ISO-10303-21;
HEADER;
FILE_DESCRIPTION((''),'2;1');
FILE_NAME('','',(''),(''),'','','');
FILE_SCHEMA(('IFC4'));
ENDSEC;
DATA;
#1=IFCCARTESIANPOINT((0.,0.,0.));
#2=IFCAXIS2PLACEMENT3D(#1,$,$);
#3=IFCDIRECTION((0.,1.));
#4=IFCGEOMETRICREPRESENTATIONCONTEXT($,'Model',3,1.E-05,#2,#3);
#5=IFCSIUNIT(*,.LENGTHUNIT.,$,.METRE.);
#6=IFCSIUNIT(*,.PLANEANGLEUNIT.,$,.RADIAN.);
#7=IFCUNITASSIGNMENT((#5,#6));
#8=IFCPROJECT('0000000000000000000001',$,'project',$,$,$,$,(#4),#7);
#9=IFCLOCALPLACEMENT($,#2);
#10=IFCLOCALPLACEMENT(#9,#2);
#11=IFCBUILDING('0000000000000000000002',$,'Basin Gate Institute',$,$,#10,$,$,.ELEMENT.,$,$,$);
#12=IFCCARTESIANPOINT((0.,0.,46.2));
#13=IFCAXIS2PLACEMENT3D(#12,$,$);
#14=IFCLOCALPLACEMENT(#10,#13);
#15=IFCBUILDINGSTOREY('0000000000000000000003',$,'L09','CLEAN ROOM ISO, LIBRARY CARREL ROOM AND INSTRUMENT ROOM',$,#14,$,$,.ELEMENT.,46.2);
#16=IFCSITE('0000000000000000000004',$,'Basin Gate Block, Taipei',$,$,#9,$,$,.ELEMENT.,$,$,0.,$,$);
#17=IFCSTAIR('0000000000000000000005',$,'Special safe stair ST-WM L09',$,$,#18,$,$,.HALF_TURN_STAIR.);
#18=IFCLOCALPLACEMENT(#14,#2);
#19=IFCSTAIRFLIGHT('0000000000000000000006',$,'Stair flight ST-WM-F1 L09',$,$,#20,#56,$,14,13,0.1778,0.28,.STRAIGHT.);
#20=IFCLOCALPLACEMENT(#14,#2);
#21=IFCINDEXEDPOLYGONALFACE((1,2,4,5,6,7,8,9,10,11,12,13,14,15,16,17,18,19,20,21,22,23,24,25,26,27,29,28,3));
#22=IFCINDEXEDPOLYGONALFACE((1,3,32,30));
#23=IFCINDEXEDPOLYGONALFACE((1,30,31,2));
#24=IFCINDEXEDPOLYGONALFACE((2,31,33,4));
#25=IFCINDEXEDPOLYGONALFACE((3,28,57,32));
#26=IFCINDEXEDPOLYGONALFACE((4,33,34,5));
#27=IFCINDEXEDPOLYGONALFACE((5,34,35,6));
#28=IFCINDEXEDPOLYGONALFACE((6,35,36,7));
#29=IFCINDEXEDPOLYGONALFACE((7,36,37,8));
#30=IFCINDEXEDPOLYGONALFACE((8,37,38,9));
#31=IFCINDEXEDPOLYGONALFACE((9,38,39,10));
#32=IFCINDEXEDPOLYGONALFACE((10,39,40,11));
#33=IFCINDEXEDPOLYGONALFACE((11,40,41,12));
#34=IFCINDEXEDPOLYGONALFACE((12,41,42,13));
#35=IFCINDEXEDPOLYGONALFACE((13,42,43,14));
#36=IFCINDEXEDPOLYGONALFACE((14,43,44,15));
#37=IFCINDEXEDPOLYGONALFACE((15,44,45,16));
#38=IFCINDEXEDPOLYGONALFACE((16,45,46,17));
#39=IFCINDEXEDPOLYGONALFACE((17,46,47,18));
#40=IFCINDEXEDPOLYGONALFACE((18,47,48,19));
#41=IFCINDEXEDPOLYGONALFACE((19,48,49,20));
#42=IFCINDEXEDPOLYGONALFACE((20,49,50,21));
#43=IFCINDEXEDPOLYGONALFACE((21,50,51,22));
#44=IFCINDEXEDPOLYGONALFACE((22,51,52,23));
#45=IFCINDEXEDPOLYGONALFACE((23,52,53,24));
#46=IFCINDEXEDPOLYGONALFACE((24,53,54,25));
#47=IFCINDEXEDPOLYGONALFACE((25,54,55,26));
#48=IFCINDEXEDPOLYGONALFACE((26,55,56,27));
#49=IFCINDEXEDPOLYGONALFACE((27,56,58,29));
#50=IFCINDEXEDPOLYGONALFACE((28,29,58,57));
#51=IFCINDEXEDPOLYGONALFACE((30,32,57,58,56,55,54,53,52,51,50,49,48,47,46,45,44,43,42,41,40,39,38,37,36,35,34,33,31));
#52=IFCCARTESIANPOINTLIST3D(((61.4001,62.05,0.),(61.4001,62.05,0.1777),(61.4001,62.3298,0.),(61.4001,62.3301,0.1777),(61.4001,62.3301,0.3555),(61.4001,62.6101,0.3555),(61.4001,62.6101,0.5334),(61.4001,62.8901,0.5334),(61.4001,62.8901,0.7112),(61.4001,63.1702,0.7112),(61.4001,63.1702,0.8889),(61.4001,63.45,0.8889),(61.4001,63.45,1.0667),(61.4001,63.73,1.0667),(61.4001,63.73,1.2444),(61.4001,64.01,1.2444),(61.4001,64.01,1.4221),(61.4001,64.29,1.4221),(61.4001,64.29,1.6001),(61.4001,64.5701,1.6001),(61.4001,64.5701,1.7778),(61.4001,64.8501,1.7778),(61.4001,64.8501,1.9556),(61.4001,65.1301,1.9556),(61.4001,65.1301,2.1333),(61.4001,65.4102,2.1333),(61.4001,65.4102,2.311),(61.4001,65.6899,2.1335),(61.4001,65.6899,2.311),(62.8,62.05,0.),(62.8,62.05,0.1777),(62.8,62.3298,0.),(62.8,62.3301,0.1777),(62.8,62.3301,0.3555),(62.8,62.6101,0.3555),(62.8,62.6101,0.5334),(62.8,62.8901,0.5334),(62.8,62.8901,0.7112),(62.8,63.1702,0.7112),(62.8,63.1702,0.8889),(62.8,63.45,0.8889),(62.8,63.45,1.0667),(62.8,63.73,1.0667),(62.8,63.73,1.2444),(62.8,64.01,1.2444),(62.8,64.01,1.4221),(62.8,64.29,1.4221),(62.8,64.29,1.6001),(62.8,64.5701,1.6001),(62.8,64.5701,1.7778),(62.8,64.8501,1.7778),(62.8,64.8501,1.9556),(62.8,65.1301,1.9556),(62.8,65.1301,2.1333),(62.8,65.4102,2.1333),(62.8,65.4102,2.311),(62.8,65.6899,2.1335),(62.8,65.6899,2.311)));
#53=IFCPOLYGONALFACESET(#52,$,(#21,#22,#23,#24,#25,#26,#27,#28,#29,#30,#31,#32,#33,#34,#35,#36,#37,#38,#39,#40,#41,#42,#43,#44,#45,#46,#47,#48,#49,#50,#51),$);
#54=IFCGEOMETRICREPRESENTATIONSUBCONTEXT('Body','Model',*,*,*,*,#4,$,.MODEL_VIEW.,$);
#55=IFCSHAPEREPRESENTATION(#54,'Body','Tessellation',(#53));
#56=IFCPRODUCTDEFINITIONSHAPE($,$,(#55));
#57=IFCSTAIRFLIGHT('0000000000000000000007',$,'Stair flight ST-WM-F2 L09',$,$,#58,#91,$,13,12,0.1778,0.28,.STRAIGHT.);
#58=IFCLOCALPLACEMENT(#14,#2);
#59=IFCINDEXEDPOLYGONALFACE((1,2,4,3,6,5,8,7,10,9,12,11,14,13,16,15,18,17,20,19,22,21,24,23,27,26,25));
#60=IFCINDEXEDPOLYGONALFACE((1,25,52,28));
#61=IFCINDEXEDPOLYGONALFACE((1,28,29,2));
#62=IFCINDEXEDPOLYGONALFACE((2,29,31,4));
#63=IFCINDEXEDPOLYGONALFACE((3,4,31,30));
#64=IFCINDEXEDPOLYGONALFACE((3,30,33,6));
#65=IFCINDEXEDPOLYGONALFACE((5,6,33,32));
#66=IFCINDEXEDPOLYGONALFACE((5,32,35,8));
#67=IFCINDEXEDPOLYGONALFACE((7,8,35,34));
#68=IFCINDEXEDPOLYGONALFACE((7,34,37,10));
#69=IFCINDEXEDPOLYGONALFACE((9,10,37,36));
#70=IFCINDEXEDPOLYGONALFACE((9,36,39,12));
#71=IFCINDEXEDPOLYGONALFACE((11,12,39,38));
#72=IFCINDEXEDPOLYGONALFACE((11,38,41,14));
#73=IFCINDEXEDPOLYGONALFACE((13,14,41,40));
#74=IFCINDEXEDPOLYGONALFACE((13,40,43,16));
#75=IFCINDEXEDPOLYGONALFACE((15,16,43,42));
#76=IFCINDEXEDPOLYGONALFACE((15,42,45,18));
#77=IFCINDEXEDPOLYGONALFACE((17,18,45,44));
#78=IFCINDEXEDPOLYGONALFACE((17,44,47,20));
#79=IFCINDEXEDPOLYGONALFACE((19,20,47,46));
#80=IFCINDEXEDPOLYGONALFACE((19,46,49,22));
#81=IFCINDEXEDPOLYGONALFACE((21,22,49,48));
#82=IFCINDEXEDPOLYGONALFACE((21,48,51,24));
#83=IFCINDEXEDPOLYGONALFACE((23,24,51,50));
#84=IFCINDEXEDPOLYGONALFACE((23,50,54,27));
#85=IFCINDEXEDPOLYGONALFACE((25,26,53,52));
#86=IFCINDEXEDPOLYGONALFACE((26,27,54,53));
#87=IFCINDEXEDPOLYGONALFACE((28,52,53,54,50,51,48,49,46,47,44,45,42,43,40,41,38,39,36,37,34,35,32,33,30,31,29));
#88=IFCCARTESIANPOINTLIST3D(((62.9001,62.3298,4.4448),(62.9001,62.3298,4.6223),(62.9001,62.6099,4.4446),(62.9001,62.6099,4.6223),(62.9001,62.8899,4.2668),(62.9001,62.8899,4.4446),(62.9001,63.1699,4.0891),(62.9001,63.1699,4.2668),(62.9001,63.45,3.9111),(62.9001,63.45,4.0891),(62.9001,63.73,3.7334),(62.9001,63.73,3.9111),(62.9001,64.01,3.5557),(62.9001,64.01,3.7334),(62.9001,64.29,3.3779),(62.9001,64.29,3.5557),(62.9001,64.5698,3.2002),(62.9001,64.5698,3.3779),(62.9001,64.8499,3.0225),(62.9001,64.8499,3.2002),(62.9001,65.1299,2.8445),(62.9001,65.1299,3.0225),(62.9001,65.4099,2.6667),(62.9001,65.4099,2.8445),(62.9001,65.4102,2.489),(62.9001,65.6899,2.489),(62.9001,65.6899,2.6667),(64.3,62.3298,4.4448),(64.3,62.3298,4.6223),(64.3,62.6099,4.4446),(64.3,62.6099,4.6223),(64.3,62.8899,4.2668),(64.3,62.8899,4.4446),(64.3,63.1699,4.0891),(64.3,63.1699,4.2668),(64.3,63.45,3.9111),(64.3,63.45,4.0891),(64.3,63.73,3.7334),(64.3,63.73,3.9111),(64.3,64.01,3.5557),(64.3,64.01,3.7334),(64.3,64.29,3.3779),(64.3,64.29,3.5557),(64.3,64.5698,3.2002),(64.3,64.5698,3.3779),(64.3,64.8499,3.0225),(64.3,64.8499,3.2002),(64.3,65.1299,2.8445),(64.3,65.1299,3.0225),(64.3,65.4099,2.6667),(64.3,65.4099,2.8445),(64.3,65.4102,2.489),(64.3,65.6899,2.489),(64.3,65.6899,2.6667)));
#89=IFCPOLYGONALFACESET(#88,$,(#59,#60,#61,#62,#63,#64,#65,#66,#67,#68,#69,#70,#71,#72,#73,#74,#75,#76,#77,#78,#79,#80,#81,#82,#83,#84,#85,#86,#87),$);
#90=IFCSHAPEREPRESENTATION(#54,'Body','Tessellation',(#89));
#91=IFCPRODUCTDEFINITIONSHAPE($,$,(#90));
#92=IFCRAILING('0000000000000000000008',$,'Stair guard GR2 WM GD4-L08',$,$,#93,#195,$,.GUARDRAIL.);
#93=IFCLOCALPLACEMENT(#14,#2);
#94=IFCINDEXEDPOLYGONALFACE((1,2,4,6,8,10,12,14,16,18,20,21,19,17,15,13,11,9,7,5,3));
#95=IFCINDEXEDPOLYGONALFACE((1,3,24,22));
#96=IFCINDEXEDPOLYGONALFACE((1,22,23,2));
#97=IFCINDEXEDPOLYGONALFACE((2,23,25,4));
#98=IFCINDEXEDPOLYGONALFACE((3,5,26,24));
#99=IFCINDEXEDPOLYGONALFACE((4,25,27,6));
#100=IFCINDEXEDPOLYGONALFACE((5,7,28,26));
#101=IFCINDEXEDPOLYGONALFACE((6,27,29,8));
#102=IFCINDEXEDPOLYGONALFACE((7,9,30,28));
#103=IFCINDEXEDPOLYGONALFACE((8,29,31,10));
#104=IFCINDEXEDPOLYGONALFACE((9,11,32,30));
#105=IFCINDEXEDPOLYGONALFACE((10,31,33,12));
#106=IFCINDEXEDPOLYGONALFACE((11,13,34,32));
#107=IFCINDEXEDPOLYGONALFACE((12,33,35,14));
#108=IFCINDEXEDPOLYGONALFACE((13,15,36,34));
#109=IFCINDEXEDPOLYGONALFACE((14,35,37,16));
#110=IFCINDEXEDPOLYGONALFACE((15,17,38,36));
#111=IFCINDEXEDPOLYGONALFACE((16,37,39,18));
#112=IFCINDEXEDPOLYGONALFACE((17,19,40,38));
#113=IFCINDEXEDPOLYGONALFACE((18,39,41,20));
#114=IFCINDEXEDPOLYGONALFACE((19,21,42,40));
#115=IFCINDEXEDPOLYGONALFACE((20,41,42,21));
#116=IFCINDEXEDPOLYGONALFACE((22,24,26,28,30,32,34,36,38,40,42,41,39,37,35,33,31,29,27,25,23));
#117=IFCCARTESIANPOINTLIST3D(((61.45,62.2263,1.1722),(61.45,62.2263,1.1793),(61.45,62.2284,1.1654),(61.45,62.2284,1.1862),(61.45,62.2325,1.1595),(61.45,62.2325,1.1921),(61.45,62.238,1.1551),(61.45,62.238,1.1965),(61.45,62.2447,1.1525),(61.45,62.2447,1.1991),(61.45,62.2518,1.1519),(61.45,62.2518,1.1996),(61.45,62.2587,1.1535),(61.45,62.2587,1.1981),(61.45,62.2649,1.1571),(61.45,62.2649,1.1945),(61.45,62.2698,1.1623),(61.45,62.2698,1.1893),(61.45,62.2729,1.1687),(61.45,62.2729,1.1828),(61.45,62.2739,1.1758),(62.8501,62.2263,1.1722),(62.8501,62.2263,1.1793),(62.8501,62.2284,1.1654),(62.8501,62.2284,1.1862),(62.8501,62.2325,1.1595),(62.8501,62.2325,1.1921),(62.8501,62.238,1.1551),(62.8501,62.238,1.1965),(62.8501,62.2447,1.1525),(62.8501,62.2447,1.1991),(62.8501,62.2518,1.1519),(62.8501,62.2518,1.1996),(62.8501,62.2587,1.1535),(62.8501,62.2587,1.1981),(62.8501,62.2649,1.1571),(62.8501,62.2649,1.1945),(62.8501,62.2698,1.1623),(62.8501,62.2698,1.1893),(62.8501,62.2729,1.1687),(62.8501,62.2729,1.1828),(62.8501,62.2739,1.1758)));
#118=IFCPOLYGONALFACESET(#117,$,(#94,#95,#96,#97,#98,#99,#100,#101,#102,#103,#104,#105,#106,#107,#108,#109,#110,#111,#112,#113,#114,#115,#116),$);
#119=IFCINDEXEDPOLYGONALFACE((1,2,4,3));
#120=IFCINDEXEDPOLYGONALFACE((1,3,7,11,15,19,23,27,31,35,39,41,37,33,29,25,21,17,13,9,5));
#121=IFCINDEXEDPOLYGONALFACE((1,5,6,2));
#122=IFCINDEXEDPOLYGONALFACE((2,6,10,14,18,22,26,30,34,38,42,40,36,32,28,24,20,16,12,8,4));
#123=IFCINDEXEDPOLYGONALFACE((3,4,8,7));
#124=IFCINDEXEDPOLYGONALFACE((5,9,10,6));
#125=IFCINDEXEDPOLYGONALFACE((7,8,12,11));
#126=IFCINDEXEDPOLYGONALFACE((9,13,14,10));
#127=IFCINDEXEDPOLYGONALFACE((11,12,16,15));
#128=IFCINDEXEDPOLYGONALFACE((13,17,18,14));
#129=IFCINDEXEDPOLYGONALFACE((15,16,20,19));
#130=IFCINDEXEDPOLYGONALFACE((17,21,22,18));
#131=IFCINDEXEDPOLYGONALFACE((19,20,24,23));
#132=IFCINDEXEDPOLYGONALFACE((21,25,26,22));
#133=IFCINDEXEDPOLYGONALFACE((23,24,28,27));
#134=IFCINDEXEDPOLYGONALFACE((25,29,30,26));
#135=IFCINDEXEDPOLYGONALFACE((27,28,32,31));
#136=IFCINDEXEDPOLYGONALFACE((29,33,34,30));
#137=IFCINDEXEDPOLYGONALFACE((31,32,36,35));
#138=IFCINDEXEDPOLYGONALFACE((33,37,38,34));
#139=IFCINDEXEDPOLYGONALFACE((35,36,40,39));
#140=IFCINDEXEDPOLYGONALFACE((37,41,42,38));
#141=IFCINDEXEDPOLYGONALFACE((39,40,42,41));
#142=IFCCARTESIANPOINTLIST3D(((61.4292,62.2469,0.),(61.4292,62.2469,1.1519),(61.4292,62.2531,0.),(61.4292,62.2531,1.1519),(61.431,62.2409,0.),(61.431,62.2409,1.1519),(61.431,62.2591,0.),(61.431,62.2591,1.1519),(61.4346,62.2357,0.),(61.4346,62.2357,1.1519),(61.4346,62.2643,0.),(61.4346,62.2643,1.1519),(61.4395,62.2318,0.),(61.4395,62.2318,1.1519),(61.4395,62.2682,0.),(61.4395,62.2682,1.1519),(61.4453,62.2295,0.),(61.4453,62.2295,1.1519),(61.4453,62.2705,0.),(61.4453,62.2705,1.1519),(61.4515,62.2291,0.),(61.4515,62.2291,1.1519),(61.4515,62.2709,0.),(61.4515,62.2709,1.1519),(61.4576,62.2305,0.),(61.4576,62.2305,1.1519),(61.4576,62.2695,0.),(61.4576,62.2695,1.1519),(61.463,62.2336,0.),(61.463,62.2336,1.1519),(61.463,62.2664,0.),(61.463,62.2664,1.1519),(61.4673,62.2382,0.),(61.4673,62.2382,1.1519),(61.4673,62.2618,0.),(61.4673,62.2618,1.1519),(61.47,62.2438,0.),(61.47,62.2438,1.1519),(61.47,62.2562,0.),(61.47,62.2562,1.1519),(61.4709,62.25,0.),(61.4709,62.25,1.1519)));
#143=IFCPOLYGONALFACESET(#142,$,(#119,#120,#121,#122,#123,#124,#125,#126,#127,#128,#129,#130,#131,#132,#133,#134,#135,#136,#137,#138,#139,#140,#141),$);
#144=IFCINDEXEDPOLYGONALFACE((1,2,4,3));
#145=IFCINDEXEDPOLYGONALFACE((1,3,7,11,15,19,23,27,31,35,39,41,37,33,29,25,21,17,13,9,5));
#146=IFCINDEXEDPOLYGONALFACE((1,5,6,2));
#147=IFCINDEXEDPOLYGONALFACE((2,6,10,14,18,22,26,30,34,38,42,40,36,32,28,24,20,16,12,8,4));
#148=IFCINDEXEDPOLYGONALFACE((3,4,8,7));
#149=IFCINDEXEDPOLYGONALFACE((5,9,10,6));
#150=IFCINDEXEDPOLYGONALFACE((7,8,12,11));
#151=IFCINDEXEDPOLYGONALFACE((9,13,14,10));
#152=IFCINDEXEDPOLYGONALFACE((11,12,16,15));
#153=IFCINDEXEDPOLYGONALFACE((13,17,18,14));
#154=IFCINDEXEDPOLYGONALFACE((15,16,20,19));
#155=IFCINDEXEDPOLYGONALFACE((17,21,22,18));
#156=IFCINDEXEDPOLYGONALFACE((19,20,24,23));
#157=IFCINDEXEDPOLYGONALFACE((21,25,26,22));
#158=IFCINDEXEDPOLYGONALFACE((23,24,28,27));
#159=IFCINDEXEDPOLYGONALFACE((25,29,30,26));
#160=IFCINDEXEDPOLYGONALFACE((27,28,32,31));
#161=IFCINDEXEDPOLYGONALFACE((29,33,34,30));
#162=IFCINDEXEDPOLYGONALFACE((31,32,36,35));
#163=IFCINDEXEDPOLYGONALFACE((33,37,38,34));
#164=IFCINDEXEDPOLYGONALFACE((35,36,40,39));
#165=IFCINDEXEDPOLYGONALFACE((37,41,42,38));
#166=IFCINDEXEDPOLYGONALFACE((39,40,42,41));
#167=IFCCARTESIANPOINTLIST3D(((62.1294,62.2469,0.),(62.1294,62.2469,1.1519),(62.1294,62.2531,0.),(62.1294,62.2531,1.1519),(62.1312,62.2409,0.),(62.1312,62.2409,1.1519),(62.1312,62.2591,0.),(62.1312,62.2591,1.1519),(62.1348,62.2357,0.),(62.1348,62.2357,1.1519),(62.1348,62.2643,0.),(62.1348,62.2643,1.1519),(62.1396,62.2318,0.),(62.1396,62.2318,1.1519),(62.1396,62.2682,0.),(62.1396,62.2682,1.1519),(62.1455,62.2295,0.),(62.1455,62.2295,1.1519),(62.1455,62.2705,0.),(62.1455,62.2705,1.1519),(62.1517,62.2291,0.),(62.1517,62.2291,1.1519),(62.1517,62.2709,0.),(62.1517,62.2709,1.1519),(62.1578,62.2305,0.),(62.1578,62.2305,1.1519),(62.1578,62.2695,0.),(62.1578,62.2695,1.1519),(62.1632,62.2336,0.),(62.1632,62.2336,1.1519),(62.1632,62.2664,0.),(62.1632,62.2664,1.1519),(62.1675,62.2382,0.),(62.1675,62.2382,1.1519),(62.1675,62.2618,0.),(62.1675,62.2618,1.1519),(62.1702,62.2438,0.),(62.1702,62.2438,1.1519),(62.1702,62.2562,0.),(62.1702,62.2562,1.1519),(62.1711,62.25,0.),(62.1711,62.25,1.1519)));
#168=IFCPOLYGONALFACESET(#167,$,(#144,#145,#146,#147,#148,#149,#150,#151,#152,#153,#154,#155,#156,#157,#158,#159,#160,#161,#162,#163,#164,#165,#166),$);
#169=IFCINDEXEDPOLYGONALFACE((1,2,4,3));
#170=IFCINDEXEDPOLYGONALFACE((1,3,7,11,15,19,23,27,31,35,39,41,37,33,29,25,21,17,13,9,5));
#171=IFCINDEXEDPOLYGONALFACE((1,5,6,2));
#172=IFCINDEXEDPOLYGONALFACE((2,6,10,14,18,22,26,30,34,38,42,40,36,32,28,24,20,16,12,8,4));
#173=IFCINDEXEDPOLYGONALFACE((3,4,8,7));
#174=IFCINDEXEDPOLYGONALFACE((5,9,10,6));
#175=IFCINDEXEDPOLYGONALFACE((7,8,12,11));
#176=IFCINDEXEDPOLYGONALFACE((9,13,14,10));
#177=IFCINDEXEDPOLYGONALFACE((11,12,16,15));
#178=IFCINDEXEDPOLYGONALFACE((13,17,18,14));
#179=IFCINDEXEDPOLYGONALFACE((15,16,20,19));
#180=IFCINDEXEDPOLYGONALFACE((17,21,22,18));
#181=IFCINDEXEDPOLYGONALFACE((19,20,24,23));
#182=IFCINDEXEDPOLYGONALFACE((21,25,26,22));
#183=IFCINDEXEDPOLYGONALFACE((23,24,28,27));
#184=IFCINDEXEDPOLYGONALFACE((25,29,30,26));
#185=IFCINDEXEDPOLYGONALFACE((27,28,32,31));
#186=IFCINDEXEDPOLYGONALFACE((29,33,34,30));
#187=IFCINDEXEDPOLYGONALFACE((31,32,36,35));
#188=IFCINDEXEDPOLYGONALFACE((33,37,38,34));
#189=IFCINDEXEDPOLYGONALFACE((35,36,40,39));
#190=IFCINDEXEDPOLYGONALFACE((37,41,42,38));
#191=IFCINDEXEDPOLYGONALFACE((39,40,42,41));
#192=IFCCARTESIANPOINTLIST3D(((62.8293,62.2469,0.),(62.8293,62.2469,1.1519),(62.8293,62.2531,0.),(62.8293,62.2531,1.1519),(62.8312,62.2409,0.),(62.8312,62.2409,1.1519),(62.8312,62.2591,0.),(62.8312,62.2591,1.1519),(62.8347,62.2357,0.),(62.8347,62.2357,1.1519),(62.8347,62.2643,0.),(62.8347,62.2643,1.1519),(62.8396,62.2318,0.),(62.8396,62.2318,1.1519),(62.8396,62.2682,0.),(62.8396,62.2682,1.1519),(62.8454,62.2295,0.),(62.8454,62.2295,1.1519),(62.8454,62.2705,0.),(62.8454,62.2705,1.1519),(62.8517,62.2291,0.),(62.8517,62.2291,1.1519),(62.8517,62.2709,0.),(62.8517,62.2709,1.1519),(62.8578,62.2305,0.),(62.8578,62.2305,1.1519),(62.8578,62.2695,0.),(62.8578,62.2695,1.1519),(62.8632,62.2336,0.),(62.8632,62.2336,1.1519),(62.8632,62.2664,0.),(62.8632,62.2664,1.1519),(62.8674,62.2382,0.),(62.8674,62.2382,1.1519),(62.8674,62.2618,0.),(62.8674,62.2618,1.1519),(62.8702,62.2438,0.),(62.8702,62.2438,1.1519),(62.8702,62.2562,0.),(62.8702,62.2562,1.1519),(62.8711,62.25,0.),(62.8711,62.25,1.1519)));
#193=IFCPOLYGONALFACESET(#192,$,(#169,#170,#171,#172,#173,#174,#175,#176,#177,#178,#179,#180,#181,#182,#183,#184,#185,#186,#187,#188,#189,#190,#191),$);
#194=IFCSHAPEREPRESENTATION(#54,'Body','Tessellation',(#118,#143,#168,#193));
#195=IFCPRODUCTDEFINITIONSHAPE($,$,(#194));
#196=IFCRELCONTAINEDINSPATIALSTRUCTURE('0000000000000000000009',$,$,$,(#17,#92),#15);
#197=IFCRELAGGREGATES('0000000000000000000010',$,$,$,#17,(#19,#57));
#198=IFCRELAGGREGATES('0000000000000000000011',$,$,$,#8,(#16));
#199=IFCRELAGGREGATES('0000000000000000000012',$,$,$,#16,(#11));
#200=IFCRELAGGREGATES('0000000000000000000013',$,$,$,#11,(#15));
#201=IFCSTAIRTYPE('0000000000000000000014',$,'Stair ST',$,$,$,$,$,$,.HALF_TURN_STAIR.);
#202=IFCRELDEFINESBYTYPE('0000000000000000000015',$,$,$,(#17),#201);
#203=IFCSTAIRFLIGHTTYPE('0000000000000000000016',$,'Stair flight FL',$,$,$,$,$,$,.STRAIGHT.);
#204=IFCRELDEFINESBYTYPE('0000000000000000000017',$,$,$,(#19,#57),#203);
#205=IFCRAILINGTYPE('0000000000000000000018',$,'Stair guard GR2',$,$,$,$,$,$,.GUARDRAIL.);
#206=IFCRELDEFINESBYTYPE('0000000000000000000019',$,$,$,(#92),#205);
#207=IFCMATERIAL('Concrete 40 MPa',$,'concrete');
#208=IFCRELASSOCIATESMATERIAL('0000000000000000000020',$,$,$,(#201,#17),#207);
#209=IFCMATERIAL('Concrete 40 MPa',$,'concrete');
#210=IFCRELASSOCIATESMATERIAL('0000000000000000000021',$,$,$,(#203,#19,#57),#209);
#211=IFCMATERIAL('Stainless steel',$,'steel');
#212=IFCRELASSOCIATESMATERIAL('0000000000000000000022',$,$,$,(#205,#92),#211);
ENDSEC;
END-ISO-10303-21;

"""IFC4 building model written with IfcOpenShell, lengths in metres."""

from ifc_helpers import new_model, si_unit, direction, frame, origin, origin_2d, place, context, subcontext, project, spatial, polyline, circle, outline, extrude, material, type_object, element, aggregate, save


model = new_model("IFC4")

# Units and contexts
model_context = context("Model", 3, precision=1e-05, world=origin(), true_north=direction((0.0, 1.0)))
body_context = subcontext(model_context, "Body", "Model", "MODEL_VIEW")
ifc_project = project(units=[si_unit("LENGTHUNIT", "METRE"), si_unit("PLANEANGLEUNIT", "RADIAN")], contexts=[model_context])

# Site, building, storey
site_placement = place(None, origin())
site = spatial("IfcSite", under=ifc_project, at=site_placement, Name="Basin Gate Block, Taipei", CompositionType="ELEMENT", RefElevation=0.0)
building_placement = place(site_placement, origin())
building = spatial("IfcBuilding", under=site, at=building_placement, Name="Basin Gate Institute", CompositionType="ELEMENT")
storey_placement = place(building_placement, frame((0.0, 0.0, 46.2)))
storey = spatial("IfcBuildingStorey", under=building, at=storey_placement, Name="L09", Description="CLEAN ROOM ISO, LIBRARY CARREL ROOM AND INSTRUMENT ROOM", CompositionType="ELEMENT", Elevation=46.2)

# Stair, stair flights
ifc_material_1 = material(Name="Concrete 40 MPa", Category="concrete")
stair_type = type_object("IfcStairType", Name="Stair ST", PredefinedType="HALF_TURN_STAIR", material=ifc_material_1)
stair_placement = place(storey_placement, origin())
stair = element("IfcStair", 1, at=stair_placement, inside=storey, type_object=stair_type, material=ifc_material_1, Name="Special safe stair ST-WM L09", PredefinedType="HALF_TURN_STAIR")
ifc_material_2 = material(Name="Concrete 40 MPa", Category="concrete")
stair_flight_type = type_object("IfcStairFlightType", Name="Stair flight FL", PredefinedType="STRAIGHT", material=ifc_material_2)
stair_flight_1_placement = place(storey_placement, frame((62.1001, 62.05, 0.0), z_axis=(0.0, 0.0, 1.0), x_axis=(0.0, 1.0, 0.0)))
stair_flight_1 = element("IfcStairFlight", 2, at=stair_flight_1_placement, type_object=stair_flight_type, material=ifc_material_2, Name="Stair flight ST-WM-F1 L09", NumberOfRisers=14, NumberOfTreads=13, PredefinedType="STRAIGHT", RiserHeight=0.1778, TreadLength=0.28, context=body_context, shape_type="SweptSolid", body=[
    extrude(outline(polyline([(0.0, 0.0), (0.0, 0.1777), (0.28, 0.1777), (0.28, 0.3555), (0.5601, 0.3555), (0.5601, 0.5334), (0.8401, 0.5334), (0.8401, 0.7112), (1.1201, 0.7112), (1.1201, 0.8889), (1.3999, 0.8889), (1.3999, 1.0667), (1.6799, 1.0667), (1.6799, 1.2444), (1.96, 1.2444), (1.96, 1.4221), (2.24, 1.4221), (2.24, 1.6001), (2.52, 1.6001), (2.52, 1.7778), (2.8, 1.7778), (2.8, 1.9556), (3.0801, 1.9556), (3.0801, 2.1333), (3.3601, 2.1333), (3.3601, 2.311), (3.6399, 2.311), (3.6399, 2.4888), (3.6399, 2.1335), (0.2798, 0.0), (0.0, 0.0)])), frame((0.0, 0.7, 0.0), z_axis=(0.0, -1.0, 0.0), x_axis=(1.0, 0.0, 0.0)), (0.0, 0.0, 1.0), 1.3999),
])
stair_flight_2_placement = place(storey_placement, frame((63.6001, 65.6899, 2.489), z_axis=(0.0, 0.0, 1.0), x_axis=(0.0, -1.0, 0.0)))
stair_flight_2 = element("IfcStairFlight", 3, at=stair_flight_2_placement, type_object=stair_flight_type, material=ifc_material_2, Name="Stair flight ST-WM-F2 L09", NumberOfRisers=13, NumberOfTreads=12, PredefinedType="STRAIGHT", RiserHeight=0.1778, TreadLength=0.28, context=body_context, shape_type="SweptSolid", body=[
    extrude(outline(polyline([(0.0, 0.0), (0.0, 0.1777), (0.28, 0.1777), (0.28, 0.3555), (0.5601, 0.3555), (0.5601, 0.5334), (0.8401, 0.5334), (0.8401, 0.7112), (1.1201, 0.7112), (1.1201, 0.8889), (1.3999, 0.8889), (1.3999, 1.0667), (1.6799, 1.0667), (1.6799, 1.2444), (1.96, 1.2444), (1.96, 1.4221), (2.24, 1.4221), (2.24, 1.6001), (2.52, 1.6001), (2.52, 1.7778), (2.8, 1.7778), (2.8, 1.9556), (3.0801, 1.9556), (3.0801, 2.1333), (3.3601, 2.1333), (3.3601, 2.311), (3.3601, 1.9558), (0.2798, 0.0), (0.0, 0.0)])), frame((0.0, 0.7, 0.0), z_axis=(0.0, -1.0, 0.0), x_axis=(1.0, 0.0, 0.0)), (0.0, 0.0, 1.0), 1.3999),
])
aggregate(stair, [stair_flight_1, stair_flight_2])

# Railing
ifc_material_3 = material(Name="Stainless steel", Category="steel")
railing_type_1 = type_object("IfcRailingType", Name="Stair guard GR2", PredefinedType="GUARDRAIL", material=ifc_material_3)
railing_1_placement = place(storey_placement, frame((61.45, 62.25, 0.0)))
element("IfcRailing", 4, at=railing_1_placement, inside=storey, type_object=railing_type_1, material=ifc_material_3, Name="Stair guard GR2 WM GD4-L08", PredefinedType="GUARDRAIL", context=body_context, shape_type="SweptSolid", body=[
    extrude(circle(Radius=0.0239, at=origin_2d()), frame((0.0, 0.0, 1.1758), z_axis=(1.0, 0.0, 0.0), x_axis=(0.0, 1.0, 0.0)), (0.0, 0.0, 1.0), 1.4001),
    extrude(circle(Radius=0.021, at=origin_2d()), origin(), (0.0, 0.0, 1.0), 1.1519),
    extrude(circle(Radius=0.021, at=origin_2d()), frame((0.7002, 0.0, 0.0)), (0.0, 0.0, 1.0), 1.1519),
    extrude(circle(Radius=0.021, at=origin_2d()), frame((1.4001, 0.0, 0.0)), (0.0, 0.0, 1.0), 1.1519),
])

save(model, "model.ifc")
